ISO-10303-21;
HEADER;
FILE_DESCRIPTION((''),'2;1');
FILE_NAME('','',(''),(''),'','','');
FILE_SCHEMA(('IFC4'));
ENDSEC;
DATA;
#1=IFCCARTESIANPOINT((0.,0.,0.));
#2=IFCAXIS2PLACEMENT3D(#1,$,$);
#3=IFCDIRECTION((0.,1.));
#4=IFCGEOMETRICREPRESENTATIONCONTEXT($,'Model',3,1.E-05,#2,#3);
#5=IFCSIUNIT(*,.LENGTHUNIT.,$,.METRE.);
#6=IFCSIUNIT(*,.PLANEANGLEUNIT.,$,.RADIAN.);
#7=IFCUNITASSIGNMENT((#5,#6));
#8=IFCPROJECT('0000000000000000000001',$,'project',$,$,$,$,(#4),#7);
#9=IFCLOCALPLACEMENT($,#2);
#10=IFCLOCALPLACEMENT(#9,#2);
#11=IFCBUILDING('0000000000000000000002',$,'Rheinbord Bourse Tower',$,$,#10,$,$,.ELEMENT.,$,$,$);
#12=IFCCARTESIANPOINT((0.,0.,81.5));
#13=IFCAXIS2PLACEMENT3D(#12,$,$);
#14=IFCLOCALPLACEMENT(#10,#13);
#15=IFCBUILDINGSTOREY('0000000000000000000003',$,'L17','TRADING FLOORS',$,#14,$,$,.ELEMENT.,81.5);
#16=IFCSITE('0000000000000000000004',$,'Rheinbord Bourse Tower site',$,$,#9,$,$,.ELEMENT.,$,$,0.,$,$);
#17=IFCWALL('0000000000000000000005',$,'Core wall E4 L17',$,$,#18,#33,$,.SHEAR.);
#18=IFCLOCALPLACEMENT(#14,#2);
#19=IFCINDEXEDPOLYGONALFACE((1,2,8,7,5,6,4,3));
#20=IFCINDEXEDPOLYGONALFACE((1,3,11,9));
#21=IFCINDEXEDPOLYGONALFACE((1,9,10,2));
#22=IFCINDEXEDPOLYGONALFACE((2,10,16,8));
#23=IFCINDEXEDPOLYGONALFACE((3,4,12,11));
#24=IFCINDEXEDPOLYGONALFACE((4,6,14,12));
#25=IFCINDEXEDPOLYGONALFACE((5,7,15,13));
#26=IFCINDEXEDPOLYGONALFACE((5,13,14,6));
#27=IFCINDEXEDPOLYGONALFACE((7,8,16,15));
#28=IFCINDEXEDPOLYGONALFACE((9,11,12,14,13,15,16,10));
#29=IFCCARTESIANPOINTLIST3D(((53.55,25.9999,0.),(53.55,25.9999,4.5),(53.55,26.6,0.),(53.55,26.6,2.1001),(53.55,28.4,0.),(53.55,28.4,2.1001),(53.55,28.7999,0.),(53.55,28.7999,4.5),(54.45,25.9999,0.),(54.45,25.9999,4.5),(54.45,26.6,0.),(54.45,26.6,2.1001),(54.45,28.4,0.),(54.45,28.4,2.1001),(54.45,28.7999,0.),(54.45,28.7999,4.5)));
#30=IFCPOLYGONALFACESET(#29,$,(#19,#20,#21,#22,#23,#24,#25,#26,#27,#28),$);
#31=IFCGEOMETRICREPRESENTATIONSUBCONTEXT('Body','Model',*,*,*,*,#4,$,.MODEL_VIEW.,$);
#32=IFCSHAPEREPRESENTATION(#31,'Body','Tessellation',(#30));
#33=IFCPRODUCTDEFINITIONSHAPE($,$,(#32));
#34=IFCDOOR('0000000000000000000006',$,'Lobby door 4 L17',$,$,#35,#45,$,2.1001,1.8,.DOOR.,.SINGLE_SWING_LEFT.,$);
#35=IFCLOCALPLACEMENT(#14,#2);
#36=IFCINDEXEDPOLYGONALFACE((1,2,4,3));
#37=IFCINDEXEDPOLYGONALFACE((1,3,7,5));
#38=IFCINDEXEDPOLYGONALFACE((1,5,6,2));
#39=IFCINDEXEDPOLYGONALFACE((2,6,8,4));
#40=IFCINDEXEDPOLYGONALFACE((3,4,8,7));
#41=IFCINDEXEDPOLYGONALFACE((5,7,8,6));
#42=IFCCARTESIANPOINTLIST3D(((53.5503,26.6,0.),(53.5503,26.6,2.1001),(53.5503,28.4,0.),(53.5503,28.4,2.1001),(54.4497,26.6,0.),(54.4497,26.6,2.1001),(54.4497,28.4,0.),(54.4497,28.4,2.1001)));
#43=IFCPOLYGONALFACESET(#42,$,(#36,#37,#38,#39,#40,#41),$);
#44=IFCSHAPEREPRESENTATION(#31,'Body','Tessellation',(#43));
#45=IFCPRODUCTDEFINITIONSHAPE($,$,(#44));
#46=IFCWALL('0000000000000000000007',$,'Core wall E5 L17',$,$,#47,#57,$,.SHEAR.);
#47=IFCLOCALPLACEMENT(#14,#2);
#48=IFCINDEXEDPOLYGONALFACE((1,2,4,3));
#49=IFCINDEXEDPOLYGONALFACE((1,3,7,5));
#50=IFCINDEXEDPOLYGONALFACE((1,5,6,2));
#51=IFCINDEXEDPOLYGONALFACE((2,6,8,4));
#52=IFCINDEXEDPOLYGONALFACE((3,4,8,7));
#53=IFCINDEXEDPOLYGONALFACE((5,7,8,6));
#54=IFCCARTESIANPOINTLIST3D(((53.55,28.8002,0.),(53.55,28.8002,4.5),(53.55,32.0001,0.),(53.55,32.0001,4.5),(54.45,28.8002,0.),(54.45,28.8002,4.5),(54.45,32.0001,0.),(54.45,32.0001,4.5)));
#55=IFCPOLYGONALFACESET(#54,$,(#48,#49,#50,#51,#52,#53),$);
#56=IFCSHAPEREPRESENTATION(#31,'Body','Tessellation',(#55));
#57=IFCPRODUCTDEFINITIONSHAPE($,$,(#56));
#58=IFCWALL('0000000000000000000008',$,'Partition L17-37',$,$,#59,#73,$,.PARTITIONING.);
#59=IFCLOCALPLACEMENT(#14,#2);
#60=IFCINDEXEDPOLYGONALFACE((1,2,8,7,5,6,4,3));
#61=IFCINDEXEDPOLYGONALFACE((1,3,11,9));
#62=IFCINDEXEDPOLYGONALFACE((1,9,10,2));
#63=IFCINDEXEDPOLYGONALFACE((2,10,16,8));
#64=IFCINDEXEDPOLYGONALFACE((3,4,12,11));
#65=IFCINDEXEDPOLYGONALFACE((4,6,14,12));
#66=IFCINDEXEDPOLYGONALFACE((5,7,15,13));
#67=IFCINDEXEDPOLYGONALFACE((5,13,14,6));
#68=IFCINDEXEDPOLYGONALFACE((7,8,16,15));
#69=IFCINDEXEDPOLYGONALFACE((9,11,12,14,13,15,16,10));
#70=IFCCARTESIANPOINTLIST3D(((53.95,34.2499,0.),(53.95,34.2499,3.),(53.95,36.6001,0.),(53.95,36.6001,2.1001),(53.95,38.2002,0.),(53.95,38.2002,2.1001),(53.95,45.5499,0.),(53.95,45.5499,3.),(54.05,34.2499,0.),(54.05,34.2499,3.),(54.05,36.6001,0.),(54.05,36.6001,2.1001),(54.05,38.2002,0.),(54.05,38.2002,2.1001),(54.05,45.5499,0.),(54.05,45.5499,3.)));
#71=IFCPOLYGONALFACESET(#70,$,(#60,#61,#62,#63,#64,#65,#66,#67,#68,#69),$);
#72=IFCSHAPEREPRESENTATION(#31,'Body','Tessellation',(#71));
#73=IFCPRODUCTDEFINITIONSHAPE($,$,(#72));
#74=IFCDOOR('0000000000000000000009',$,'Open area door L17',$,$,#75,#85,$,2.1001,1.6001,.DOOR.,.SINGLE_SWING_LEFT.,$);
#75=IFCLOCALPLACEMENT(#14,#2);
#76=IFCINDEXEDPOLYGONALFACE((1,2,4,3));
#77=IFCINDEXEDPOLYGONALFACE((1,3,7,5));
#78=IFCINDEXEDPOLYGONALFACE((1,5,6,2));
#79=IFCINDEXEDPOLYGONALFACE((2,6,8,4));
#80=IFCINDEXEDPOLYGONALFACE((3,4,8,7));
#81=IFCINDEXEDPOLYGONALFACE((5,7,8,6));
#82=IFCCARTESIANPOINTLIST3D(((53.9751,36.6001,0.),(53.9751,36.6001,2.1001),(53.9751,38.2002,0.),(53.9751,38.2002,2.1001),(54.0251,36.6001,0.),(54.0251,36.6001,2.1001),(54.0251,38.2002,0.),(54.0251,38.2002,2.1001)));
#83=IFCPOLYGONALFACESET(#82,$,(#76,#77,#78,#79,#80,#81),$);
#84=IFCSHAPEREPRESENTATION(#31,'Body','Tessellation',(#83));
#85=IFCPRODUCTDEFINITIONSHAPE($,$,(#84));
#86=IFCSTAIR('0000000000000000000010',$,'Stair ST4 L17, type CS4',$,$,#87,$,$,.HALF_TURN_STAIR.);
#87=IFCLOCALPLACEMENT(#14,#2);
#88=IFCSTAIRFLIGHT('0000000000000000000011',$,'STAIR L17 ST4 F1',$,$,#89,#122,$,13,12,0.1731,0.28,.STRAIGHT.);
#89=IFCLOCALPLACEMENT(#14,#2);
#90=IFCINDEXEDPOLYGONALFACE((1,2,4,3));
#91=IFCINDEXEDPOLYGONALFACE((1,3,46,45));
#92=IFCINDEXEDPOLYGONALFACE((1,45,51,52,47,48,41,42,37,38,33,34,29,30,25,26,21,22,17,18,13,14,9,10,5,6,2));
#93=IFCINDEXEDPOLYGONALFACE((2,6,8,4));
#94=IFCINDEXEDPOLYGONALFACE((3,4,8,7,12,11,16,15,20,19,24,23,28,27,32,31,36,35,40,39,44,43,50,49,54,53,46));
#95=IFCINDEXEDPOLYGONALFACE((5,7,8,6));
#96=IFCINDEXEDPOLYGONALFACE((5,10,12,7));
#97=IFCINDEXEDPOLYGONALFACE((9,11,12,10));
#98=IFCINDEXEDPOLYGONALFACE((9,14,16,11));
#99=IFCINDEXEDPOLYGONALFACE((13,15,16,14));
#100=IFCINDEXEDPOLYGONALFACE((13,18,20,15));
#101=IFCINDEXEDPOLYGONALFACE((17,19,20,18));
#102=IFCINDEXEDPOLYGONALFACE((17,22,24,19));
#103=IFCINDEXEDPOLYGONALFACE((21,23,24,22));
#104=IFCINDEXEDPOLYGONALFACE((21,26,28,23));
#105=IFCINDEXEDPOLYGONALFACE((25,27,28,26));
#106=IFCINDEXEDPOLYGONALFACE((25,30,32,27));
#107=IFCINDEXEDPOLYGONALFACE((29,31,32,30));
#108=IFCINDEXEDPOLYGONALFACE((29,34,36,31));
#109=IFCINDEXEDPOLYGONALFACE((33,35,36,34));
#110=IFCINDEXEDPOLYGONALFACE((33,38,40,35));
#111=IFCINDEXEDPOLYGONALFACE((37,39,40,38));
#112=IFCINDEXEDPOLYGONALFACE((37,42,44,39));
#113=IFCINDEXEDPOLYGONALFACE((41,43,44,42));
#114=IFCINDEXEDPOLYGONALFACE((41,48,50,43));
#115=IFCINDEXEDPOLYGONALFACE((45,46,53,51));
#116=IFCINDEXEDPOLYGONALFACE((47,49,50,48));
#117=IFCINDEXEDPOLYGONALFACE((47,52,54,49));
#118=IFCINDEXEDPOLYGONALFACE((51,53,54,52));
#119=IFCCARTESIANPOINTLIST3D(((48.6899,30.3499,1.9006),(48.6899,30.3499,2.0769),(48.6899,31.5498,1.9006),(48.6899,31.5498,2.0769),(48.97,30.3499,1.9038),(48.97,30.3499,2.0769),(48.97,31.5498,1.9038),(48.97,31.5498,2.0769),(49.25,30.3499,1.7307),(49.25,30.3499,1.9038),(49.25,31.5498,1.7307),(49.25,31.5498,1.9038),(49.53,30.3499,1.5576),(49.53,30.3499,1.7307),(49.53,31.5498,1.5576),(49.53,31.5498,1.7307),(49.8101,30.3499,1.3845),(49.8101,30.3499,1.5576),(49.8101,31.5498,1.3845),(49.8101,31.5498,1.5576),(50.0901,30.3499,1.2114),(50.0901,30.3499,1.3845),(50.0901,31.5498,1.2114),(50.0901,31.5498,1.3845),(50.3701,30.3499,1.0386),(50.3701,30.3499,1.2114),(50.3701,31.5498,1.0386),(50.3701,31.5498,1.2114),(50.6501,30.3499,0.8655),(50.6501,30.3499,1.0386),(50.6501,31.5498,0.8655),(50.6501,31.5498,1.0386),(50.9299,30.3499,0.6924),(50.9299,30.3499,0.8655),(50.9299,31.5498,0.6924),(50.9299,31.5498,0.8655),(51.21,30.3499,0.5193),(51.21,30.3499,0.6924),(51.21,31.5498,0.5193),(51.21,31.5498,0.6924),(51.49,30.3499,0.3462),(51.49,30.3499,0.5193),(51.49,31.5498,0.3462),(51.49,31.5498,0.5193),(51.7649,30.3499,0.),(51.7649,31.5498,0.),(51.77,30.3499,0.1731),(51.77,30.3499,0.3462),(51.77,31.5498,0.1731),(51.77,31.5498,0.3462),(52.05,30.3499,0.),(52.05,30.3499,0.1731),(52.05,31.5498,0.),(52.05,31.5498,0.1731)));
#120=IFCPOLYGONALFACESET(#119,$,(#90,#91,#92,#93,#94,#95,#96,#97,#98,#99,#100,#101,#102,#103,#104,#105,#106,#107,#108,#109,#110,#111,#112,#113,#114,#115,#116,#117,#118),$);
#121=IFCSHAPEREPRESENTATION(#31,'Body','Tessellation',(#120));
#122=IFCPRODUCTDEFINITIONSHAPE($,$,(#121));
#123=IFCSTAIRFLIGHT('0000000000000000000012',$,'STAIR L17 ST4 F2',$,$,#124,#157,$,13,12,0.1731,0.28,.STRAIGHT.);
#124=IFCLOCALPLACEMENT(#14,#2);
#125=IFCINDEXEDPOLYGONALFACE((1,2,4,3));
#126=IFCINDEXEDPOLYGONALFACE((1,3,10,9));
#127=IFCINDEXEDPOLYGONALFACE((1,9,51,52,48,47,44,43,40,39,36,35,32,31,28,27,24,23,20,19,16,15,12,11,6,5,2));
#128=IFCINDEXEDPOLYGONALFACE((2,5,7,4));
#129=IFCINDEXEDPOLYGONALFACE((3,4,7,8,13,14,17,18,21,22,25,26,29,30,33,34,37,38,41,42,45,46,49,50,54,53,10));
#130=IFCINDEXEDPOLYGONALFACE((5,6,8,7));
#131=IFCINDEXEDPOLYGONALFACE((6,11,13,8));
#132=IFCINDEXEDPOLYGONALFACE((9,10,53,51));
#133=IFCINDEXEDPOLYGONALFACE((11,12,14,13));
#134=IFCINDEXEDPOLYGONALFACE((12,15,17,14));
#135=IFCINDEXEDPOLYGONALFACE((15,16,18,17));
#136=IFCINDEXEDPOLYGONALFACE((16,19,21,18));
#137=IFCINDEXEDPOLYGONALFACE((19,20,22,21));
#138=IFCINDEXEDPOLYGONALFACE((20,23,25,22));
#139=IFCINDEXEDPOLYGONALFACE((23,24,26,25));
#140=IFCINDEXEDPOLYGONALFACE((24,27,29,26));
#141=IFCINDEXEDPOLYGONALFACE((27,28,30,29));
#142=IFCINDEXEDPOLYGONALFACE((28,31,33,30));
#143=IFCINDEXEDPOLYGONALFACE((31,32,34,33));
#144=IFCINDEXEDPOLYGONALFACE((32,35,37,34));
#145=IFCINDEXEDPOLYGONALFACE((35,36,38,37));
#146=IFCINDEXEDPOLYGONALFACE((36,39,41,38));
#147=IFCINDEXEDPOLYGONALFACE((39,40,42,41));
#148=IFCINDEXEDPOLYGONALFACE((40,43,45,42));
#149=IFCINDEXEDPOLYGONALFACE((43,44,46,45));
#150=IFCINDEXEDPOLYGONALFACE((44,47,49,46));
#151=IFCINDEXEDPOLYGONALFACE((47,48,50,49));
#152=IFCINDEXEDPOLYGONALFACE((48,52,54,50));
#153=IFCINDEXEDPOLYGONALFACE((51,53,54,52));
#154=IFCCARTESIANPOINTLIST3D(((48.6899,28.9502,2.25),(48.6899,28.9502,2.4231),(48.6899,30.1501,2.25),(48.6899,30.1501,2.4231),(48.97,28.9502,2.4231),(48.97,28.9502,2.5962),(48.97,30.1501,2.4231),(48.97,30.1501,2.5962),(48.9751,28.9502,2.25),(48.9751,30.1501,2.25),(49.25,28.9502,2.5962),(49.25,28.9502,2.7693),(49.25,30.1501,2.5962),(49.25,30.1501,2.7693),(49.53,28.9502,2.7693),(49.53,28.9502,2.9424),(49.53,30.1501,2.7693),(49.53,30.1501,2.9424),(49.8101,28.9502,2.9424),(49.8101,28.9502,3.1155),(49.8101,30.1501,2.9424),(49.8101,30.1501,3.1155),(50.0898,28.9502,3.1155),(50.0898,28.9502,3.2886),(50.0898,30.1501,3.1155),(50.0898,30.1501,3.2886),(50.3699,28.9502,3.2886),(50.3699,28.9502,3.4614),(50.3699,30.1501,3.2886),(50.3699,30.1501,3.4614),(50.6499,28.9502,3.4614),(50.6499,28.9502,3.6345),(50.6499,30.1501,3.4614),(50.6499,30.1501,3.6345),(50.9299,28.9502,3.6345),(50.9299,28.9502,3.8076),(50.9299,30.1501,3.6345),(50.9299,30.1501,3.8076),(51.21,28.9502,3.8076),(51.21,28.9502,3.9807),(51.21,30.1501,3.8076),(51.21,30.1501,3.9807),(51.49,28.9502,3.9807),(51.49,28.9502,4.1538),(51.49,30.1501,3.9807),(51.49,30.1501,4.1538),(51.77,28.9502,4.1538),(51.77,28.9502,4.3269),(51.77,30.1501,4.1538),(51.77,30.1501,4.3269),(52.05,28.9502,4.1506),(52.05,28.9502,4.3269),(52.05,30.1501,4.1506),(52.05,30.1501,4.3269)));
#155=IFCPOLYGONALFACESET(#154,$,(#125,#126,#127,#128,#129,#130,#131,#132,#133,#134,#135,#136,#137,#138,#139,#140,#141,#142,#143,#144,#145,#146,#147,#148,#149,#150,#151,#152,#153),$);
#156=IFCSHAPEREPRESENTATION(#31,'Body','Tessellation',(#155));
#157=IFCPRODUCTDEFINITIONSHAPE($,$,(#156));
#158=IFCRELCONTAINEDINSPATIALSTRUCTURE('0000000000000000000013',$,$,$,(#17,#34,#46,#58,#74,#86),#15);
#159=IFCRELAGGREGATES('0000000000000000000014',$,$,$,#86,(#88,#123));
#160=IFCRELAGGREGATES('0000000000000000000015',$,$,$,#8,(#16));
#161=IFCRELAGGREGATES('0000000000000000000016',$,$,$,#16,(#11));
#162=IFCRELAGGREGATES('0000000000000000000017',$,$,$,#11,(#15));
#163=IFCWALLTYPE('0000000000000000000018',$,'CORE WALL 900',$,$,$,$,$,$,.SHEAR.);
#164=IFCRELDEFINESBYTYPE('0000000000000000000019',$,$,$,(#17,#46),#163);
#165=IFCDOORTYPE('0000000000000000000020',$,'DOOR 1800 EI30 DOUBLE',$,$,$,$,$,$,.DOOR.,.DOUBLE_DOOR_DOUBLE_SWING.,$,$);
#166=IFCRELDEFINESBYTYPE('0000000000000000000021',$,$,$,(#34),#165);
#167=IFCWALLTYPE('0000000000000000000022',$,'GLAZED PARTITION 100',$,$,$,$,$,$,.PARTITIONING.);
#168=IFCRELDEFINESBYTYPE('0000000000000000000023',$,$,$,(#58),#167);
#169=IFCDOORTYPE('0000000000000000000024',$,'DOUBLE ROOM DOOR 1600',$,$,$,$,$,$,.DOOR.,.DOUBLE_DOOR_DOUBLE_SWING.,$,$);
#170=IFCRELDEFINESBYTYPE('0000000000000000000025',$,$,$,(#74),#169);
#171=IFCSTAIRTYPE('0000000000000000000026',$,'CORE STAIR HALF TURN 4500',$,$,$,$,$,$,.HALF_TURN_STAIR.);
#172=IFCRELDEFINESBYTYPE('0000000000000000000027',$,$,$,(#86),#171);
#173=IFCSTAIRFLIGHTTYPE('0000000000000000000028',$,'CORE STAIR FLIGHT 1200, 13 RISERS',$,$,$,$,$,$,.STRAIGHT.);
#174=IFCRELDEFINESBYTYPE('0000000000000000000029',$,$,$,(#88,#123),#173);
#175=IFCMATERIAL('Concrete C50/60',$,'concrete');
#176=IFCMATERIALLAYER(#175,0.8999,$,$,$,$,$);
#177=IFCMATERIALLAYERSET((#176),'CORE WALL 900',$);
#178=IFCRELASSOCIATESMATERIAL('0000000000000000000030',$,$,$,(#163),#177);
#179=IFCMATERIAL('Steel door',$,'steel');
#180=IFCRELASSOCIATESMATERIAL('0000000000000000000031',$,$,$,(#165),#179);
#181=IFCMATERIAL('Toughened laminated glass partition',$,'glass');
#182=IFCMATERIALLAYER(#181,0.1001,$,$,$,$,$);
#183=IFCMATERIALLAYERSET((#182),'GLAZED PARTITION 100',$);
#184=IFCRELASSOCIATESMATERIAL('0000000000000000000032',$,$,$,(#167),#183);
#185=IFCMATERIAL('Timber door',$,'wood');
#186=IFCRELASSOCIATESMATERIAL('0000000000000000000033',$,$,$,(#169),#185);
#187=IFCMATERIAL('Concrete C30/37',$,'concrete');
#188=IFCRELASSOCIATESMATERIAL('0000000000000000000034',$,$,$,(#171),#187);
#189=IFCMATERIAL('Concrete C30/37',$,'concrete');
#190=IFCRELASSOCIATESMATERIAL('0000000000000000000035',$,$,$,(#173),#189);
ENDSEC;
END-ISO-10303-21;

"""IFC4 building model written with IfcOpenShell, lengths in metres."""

from ifc_helpers import new_model, si_unit, direction, frame, frame_2d, origin, place, context, subcontext, project, spatial, polyline, rectangle, outline, extrude, material, layer, layer_set, type_object, element, fill, aggregate, save


model = new_model("IFC4")

# Units and contexts
model_context = context("Model", 3, precision=1e-05, world=origin(), true_north=direction((0.0, 1.0)))
body_context = subcontext(model_context, "Body", "Model", "MODEL_VIEW")
ifc_project = project(units=[si_unit("LENGTHUNIT", "METRE"), si_unit("PLANEANGLEUNIT", "RADIAN")], contexts=[model_context])

# Site, building, storey
site_placement = place(None, origin())
site = spatial("IfcSite", under=ifc_project, at=site_placement, Name="Rheinbord Bourse Tower site", CompositionType="ELEMENT", RefElevation=0.0)
building_placement = place(site_placement, origin())
building = spatial("IfcBuilding", under=site, at=building_placement, Name="Rheinbord Bourse Tower", CompositionType="ELEMENT")
storey_placement = place(building_placement, frame((0.0, 0.0, 81.5)))
storey = spatial("IfcBuildingStorey", under=building, at=storey_placement, Name="L17", Description="TRADING FLOORS", CompositionType="ELEMENT", Elevation=81.5)

# Shared definitions
ifc_material_1 = material(Name="Concrete C50/60", Category="concrete")
ifc_layer_1 = layer(ifc_material_1, 0.8999)
ifc_layer_set_1 = layer_set([ifc_layer_1], Name="CORE WALL 900")
wall_type_1 = type_object("IfcWallType", Name="CORE WALL 900", PredefinedType="SHEAR", material=ifc_layer_set_1)

# Wall, opening, door
wall_1_placement = place(storey_placement, frame((54.0, 26.0, 0.0), z_axis=(0.0, 0.0, 1.0), x_axis=(0.0, 1.0, 0.0)))
wall_1 = element("IfcWall", 1, at=wall_1_placement, inside=storey, type_object=wall_type_1, Name="Core wall E4 L17", PredefinedType="SHEAR", context=body_context, shape_type="SweptSolid", body=[
    extrude(rectangle(XDim=2.8, YDim=0.8999, at=frame_2d((1.3999, 0.0))), origin(), (0.0, 0.0, 1.0), 4.5),
])
opening_1_placement = place(wall_1_placement, frame((0.6001, 0.0, 0.0)))
opening_1 = element("IfcOpeningElement", 2, at=opening_1_placement, cuts=wall_1, PredefinedType="OPENING", context=body_context, shape_type="SweptSolid", body=[
    extrude(rectangle(XDim=1.8, YDim=2.1001, at=frame_2d((0.8999, 1.05))), frame((0.0, 0.46, 0.0), z_axis=(0.0, -1.0, 0.0), x_axis=(1.0, 0.0, 0.0)), (0.0, 0.0, 1.0), 0.9199),
])
ifc_material_2 = material(Name="Steel door", Category="steel")
door_type_1 = type_object("IfcDoorType", Name="DOOR 1800 EI30 DOUBLE", OperationType="DOUBLE_DOOR_DOUBLE_SWING", PredefinedType="DOOR", material=ifc_material_2)
door_1_placement = place(opening_1_placement, origin())
door_1 = element("IfcDoor", 3, at=door_1_placement, inside=storey, type_object=door_type_1, Name="Lobby door 4 L17", OperationType="SINGLE_SWING_LEFT", OverallHeight=2.1001, OverallWidth=1.8, PredefinedType="DOOR", context=body_context, shape_type="SweptSolid", body=[
    extrude(rectangle(XDim=1.8, YDim=2.1001, at=frame_2d((0.8999, 1.05))), frame((0.0, 0.4497, 0.0), z_axis=(0.0, -1.0, 0.0), x_axis=(1.0, 0.0, 0.0)), (0.0, 0.0, 1.0), 0.8994),
])
fill(opening_1, door_1)

# Wall
wall_2_placement = place(storey_placement, frame((54.0, 28.8, 0.0), z_axis=(0.0, 0.0, 1.0), x_axis=(0.0, 1.0, 0.0)))
element("IfcWall", 4, at=wall_2_placement, inside=storey, type_object=wall_type_1, Name="Core wall E5 L17", PredefinedType="SHEAR", context=body_context, shape_type="SweptSolid", body=[
    extrude(rectangle(XDim=3.2, YDim=0.8999, at=frame_2d((1.6001, 0.0))), origin(), (0.0, 0.0, 1.0), 4.5),
])

# Wall, opening, door
ifc_material_3 = material(Name="Toughened laminated glass partition", Category="glass")
ifc_layer_2 = layer(ifc_material_3, 0.1001)
ifc_layer_set_2 = layer_set([ifc_layer_2], Name="GLAZED PARTITION 100")
wall_type_2 = type_object("IfcWallType", Name="GLAZED PARTITION 100", PredefinedType="PARTITIONING", material=ifc_layer_set_2)
wall_3_placement = place(storey_placement, frame((54.0, 34.25, 0.0), z_axis=(0.0, 0.0, 1.0), x_axis=(0.0, 1.0, 0.0)))
wall_3 = element("IfcWall", 5, at=wall_3_placement, inside=storey, type_object=wall_type_2, Name="Partition L17-37", PredefinedType="PARTITIONING", context=body_context, shape_type="SweptSolid", body=[
    extrude(rectangle(XDim=11.3, YDim=0.1001, at=frame_2d((5.6499, 0.0))), origin(), (0.0, 0.0, 1.0), 3.0),
])
opening_2_placement = place(wall_3_placement, frame((2.3501, 0.0, 0.0)))
opening_2 = element("IfcOpeningElement", 6, at=opening_2_placement, cuts=wall_3, PredefinedType="OPENING", context=body_context, shape_type="SweptSolid", body=[
    extrude(rectangle(XDim=1.6001, YDim=2.1001, at=frame_2d((0.8, 1.05))), frame((0.0, 0.0601, 0.0), z_axis=(0.0, -1.0, 0.0), x_axis=(1.0, 0.0, 0.0)), (0.0, 0.0, 1.0), 0.1201),
])
ifc_material_4 = material(Name="Timber door", Category="wood")
door_type_2 = type_object("IfcDoorType", Name="DOUBLE ROOM DOOR 1600", OperationType="DOUBLE_DOOR_DOUBLE_SWING", PredefinedType="DOOR", material=ifc_material_4)
door_2_placement = place(opening_2_placement, origin())
door_2 = element("IfcDoor", 7, at=door_2_placement, inside=storey, type_object=door_type_2, Name="Open area door L17", OperationType="SINGLE_SWING_LEFT", OverallHeight=2.1001, OverallWidth=1.6001, PredefinedType="DOOR", context=body_context, shape_type="SweptSolid", body=[
    extrude(rectangle(XDim=1.6001, YDim=2.1001, at=frame_2d((0.8, 1.05))), frame((0.0, 0.0249, 0.0), z_axis=(0.0, -1.0, 0.0), x_axis=(1.0, 0.0, 0.0)), (0.0, 0.0, 1.0), 0.05),
])
fill(opening_2, door_2)

# Stair, stair flights
ifc_material_5 = material(Name="Concrete C30/37", Category="concrete")
stair_type = type_object("IfcStairType", Name="CORE STAIR HALF TURN 4500", PredefinedType="HALF_TURN_STAIR", material=ifc_material_5)
stair_placement = place(storey_placement, origin())
stair = element("IfcStair", 8, at=stair_placement, inside=storey, type_object=stair_type, Name="Stair ST4 L17, type CS4", PredefinedType="HALF_TURN_STAIR")
ifc_material_6 = material(Name="Concrete C30/37", Category="concrete")
stair_flight_type = type_object("IfcStairFlightType", Name="CORE STAIR FLIGHT 1200, 13 RISERS", PredefinedType="STRAIGHT", material=ifc_material_6)
stair_flight_1_placement = place(storey_placement, frame((52.05, 30.95, 0.0), z_axis=(0.0, 0.0, 1.0), x_axis=(-1.0, 0.0, 0.0)))
stair_flight_1 = element("IfcStairFlight", 9, at=stair_flight_1_placement, type_object=stair_flight_type, Name="STAIR L17 ST4 F1", NumberOfRisers=13, NumberOfTreads=12, PredefinedType="STRAIGHT", RiserHeight=0.1731, TreadLength=0.28, context=body_context, shape_type="SweptSolid", body=[
    extrude(outline(polyline([(0.0, 0.0), (0.0, 0.1731), (0.28, 0.1731), (0.28, 0.3462), (0.5601, 0.3462), (0.5601, 0.5193), (0.8401, 0.5193), (0.8401, 0.6924), (1.1201, 0.6924), (1.1201, 0.8655), (1.3999, 0.8655), (1.3999, 1.0386), (1.6799, 1.0386), (1.6799, 1.2114), (1.96, 1.2114), (1.96, 1.3845), (2.24, 1.3845), (2.24, 1.5576), (2.52, 1.5576), (2.52, 1.7307), (2.8, 1.7307), (2.8, 1.9038), (3.0801, 1.9038), (3.0801, 2.0769), (3.3601, 2.0769), (3.3601, 2.25), (3.3601, 1.9006), (0.2852, 0.0), (0.0, 0.0)])), frame((0.0, 0.6001, 0.0), z_axis=(0.0, -1.0, 0.0), x_axis=(1.0, 0.0, 0.0)), (0.0, 0.0, 1.0), 1.2),
])
stair_flight_2_placement = place(storey_placement, frame((48.6899, 29.55, 2.25), z_axis=(0.0, 0.0, 1.0), x_axis=(1.0, 0.0, 0.0)))
stair_flight_2 = element("IfcStairFlight", 10, at=stair_flight_2_placement, type_object=stair_flight_type, Name="STAIR L17 ST4 F2", NumberOfRisers=13, NumberOfTreads=12, PredefinedType="STRAIGHT", RiserHeight=0.1731, TreadLength=0.28, context=body_context, shape_type="SweptSolid", body=[
    extrude(outline(polyline([(0.0, 0.0), (0.0, 0.1731), (0.28, 0.1731), (0.28, 0.3462), (0.5601, 0.3462), (0.5601, 0.5193), (0.8401, 0.5193), (0.8401, 0.6924), (1.1201, 0.6924), (1.1201, 0.8655), (1.3999, 0.8655), (1.3999, 1.0386), (1.6799, 1.0386), (1.6799, 1.2114), (1.96, 1.2114), (1.96, 1.3845), (2.24, 1.3845), (2.24, 1.5576), (2.52, 1.5576), (2.52, 1.7307), (2.8, 1.7307), (2.8, 1.9038), (3.0801, 1.9038), (3.0801, 2.0769), (3.3601, 2.0769), (3.3601, 2.25), (3.3601, 1.9006), (0.2852, 0.0), (0.0, 0.0)])), frame((0.0, 0.6001, 0.0), z_axis=(0.0, -1.0, 0.0), x_axis=(1.0, 0.0, 0.0)), (0.0, 0.0, 1.0), 1.2),
])
aggregate(stair, [stair_flight_1, stair_flight_2])

save(model, "model.ifc")
